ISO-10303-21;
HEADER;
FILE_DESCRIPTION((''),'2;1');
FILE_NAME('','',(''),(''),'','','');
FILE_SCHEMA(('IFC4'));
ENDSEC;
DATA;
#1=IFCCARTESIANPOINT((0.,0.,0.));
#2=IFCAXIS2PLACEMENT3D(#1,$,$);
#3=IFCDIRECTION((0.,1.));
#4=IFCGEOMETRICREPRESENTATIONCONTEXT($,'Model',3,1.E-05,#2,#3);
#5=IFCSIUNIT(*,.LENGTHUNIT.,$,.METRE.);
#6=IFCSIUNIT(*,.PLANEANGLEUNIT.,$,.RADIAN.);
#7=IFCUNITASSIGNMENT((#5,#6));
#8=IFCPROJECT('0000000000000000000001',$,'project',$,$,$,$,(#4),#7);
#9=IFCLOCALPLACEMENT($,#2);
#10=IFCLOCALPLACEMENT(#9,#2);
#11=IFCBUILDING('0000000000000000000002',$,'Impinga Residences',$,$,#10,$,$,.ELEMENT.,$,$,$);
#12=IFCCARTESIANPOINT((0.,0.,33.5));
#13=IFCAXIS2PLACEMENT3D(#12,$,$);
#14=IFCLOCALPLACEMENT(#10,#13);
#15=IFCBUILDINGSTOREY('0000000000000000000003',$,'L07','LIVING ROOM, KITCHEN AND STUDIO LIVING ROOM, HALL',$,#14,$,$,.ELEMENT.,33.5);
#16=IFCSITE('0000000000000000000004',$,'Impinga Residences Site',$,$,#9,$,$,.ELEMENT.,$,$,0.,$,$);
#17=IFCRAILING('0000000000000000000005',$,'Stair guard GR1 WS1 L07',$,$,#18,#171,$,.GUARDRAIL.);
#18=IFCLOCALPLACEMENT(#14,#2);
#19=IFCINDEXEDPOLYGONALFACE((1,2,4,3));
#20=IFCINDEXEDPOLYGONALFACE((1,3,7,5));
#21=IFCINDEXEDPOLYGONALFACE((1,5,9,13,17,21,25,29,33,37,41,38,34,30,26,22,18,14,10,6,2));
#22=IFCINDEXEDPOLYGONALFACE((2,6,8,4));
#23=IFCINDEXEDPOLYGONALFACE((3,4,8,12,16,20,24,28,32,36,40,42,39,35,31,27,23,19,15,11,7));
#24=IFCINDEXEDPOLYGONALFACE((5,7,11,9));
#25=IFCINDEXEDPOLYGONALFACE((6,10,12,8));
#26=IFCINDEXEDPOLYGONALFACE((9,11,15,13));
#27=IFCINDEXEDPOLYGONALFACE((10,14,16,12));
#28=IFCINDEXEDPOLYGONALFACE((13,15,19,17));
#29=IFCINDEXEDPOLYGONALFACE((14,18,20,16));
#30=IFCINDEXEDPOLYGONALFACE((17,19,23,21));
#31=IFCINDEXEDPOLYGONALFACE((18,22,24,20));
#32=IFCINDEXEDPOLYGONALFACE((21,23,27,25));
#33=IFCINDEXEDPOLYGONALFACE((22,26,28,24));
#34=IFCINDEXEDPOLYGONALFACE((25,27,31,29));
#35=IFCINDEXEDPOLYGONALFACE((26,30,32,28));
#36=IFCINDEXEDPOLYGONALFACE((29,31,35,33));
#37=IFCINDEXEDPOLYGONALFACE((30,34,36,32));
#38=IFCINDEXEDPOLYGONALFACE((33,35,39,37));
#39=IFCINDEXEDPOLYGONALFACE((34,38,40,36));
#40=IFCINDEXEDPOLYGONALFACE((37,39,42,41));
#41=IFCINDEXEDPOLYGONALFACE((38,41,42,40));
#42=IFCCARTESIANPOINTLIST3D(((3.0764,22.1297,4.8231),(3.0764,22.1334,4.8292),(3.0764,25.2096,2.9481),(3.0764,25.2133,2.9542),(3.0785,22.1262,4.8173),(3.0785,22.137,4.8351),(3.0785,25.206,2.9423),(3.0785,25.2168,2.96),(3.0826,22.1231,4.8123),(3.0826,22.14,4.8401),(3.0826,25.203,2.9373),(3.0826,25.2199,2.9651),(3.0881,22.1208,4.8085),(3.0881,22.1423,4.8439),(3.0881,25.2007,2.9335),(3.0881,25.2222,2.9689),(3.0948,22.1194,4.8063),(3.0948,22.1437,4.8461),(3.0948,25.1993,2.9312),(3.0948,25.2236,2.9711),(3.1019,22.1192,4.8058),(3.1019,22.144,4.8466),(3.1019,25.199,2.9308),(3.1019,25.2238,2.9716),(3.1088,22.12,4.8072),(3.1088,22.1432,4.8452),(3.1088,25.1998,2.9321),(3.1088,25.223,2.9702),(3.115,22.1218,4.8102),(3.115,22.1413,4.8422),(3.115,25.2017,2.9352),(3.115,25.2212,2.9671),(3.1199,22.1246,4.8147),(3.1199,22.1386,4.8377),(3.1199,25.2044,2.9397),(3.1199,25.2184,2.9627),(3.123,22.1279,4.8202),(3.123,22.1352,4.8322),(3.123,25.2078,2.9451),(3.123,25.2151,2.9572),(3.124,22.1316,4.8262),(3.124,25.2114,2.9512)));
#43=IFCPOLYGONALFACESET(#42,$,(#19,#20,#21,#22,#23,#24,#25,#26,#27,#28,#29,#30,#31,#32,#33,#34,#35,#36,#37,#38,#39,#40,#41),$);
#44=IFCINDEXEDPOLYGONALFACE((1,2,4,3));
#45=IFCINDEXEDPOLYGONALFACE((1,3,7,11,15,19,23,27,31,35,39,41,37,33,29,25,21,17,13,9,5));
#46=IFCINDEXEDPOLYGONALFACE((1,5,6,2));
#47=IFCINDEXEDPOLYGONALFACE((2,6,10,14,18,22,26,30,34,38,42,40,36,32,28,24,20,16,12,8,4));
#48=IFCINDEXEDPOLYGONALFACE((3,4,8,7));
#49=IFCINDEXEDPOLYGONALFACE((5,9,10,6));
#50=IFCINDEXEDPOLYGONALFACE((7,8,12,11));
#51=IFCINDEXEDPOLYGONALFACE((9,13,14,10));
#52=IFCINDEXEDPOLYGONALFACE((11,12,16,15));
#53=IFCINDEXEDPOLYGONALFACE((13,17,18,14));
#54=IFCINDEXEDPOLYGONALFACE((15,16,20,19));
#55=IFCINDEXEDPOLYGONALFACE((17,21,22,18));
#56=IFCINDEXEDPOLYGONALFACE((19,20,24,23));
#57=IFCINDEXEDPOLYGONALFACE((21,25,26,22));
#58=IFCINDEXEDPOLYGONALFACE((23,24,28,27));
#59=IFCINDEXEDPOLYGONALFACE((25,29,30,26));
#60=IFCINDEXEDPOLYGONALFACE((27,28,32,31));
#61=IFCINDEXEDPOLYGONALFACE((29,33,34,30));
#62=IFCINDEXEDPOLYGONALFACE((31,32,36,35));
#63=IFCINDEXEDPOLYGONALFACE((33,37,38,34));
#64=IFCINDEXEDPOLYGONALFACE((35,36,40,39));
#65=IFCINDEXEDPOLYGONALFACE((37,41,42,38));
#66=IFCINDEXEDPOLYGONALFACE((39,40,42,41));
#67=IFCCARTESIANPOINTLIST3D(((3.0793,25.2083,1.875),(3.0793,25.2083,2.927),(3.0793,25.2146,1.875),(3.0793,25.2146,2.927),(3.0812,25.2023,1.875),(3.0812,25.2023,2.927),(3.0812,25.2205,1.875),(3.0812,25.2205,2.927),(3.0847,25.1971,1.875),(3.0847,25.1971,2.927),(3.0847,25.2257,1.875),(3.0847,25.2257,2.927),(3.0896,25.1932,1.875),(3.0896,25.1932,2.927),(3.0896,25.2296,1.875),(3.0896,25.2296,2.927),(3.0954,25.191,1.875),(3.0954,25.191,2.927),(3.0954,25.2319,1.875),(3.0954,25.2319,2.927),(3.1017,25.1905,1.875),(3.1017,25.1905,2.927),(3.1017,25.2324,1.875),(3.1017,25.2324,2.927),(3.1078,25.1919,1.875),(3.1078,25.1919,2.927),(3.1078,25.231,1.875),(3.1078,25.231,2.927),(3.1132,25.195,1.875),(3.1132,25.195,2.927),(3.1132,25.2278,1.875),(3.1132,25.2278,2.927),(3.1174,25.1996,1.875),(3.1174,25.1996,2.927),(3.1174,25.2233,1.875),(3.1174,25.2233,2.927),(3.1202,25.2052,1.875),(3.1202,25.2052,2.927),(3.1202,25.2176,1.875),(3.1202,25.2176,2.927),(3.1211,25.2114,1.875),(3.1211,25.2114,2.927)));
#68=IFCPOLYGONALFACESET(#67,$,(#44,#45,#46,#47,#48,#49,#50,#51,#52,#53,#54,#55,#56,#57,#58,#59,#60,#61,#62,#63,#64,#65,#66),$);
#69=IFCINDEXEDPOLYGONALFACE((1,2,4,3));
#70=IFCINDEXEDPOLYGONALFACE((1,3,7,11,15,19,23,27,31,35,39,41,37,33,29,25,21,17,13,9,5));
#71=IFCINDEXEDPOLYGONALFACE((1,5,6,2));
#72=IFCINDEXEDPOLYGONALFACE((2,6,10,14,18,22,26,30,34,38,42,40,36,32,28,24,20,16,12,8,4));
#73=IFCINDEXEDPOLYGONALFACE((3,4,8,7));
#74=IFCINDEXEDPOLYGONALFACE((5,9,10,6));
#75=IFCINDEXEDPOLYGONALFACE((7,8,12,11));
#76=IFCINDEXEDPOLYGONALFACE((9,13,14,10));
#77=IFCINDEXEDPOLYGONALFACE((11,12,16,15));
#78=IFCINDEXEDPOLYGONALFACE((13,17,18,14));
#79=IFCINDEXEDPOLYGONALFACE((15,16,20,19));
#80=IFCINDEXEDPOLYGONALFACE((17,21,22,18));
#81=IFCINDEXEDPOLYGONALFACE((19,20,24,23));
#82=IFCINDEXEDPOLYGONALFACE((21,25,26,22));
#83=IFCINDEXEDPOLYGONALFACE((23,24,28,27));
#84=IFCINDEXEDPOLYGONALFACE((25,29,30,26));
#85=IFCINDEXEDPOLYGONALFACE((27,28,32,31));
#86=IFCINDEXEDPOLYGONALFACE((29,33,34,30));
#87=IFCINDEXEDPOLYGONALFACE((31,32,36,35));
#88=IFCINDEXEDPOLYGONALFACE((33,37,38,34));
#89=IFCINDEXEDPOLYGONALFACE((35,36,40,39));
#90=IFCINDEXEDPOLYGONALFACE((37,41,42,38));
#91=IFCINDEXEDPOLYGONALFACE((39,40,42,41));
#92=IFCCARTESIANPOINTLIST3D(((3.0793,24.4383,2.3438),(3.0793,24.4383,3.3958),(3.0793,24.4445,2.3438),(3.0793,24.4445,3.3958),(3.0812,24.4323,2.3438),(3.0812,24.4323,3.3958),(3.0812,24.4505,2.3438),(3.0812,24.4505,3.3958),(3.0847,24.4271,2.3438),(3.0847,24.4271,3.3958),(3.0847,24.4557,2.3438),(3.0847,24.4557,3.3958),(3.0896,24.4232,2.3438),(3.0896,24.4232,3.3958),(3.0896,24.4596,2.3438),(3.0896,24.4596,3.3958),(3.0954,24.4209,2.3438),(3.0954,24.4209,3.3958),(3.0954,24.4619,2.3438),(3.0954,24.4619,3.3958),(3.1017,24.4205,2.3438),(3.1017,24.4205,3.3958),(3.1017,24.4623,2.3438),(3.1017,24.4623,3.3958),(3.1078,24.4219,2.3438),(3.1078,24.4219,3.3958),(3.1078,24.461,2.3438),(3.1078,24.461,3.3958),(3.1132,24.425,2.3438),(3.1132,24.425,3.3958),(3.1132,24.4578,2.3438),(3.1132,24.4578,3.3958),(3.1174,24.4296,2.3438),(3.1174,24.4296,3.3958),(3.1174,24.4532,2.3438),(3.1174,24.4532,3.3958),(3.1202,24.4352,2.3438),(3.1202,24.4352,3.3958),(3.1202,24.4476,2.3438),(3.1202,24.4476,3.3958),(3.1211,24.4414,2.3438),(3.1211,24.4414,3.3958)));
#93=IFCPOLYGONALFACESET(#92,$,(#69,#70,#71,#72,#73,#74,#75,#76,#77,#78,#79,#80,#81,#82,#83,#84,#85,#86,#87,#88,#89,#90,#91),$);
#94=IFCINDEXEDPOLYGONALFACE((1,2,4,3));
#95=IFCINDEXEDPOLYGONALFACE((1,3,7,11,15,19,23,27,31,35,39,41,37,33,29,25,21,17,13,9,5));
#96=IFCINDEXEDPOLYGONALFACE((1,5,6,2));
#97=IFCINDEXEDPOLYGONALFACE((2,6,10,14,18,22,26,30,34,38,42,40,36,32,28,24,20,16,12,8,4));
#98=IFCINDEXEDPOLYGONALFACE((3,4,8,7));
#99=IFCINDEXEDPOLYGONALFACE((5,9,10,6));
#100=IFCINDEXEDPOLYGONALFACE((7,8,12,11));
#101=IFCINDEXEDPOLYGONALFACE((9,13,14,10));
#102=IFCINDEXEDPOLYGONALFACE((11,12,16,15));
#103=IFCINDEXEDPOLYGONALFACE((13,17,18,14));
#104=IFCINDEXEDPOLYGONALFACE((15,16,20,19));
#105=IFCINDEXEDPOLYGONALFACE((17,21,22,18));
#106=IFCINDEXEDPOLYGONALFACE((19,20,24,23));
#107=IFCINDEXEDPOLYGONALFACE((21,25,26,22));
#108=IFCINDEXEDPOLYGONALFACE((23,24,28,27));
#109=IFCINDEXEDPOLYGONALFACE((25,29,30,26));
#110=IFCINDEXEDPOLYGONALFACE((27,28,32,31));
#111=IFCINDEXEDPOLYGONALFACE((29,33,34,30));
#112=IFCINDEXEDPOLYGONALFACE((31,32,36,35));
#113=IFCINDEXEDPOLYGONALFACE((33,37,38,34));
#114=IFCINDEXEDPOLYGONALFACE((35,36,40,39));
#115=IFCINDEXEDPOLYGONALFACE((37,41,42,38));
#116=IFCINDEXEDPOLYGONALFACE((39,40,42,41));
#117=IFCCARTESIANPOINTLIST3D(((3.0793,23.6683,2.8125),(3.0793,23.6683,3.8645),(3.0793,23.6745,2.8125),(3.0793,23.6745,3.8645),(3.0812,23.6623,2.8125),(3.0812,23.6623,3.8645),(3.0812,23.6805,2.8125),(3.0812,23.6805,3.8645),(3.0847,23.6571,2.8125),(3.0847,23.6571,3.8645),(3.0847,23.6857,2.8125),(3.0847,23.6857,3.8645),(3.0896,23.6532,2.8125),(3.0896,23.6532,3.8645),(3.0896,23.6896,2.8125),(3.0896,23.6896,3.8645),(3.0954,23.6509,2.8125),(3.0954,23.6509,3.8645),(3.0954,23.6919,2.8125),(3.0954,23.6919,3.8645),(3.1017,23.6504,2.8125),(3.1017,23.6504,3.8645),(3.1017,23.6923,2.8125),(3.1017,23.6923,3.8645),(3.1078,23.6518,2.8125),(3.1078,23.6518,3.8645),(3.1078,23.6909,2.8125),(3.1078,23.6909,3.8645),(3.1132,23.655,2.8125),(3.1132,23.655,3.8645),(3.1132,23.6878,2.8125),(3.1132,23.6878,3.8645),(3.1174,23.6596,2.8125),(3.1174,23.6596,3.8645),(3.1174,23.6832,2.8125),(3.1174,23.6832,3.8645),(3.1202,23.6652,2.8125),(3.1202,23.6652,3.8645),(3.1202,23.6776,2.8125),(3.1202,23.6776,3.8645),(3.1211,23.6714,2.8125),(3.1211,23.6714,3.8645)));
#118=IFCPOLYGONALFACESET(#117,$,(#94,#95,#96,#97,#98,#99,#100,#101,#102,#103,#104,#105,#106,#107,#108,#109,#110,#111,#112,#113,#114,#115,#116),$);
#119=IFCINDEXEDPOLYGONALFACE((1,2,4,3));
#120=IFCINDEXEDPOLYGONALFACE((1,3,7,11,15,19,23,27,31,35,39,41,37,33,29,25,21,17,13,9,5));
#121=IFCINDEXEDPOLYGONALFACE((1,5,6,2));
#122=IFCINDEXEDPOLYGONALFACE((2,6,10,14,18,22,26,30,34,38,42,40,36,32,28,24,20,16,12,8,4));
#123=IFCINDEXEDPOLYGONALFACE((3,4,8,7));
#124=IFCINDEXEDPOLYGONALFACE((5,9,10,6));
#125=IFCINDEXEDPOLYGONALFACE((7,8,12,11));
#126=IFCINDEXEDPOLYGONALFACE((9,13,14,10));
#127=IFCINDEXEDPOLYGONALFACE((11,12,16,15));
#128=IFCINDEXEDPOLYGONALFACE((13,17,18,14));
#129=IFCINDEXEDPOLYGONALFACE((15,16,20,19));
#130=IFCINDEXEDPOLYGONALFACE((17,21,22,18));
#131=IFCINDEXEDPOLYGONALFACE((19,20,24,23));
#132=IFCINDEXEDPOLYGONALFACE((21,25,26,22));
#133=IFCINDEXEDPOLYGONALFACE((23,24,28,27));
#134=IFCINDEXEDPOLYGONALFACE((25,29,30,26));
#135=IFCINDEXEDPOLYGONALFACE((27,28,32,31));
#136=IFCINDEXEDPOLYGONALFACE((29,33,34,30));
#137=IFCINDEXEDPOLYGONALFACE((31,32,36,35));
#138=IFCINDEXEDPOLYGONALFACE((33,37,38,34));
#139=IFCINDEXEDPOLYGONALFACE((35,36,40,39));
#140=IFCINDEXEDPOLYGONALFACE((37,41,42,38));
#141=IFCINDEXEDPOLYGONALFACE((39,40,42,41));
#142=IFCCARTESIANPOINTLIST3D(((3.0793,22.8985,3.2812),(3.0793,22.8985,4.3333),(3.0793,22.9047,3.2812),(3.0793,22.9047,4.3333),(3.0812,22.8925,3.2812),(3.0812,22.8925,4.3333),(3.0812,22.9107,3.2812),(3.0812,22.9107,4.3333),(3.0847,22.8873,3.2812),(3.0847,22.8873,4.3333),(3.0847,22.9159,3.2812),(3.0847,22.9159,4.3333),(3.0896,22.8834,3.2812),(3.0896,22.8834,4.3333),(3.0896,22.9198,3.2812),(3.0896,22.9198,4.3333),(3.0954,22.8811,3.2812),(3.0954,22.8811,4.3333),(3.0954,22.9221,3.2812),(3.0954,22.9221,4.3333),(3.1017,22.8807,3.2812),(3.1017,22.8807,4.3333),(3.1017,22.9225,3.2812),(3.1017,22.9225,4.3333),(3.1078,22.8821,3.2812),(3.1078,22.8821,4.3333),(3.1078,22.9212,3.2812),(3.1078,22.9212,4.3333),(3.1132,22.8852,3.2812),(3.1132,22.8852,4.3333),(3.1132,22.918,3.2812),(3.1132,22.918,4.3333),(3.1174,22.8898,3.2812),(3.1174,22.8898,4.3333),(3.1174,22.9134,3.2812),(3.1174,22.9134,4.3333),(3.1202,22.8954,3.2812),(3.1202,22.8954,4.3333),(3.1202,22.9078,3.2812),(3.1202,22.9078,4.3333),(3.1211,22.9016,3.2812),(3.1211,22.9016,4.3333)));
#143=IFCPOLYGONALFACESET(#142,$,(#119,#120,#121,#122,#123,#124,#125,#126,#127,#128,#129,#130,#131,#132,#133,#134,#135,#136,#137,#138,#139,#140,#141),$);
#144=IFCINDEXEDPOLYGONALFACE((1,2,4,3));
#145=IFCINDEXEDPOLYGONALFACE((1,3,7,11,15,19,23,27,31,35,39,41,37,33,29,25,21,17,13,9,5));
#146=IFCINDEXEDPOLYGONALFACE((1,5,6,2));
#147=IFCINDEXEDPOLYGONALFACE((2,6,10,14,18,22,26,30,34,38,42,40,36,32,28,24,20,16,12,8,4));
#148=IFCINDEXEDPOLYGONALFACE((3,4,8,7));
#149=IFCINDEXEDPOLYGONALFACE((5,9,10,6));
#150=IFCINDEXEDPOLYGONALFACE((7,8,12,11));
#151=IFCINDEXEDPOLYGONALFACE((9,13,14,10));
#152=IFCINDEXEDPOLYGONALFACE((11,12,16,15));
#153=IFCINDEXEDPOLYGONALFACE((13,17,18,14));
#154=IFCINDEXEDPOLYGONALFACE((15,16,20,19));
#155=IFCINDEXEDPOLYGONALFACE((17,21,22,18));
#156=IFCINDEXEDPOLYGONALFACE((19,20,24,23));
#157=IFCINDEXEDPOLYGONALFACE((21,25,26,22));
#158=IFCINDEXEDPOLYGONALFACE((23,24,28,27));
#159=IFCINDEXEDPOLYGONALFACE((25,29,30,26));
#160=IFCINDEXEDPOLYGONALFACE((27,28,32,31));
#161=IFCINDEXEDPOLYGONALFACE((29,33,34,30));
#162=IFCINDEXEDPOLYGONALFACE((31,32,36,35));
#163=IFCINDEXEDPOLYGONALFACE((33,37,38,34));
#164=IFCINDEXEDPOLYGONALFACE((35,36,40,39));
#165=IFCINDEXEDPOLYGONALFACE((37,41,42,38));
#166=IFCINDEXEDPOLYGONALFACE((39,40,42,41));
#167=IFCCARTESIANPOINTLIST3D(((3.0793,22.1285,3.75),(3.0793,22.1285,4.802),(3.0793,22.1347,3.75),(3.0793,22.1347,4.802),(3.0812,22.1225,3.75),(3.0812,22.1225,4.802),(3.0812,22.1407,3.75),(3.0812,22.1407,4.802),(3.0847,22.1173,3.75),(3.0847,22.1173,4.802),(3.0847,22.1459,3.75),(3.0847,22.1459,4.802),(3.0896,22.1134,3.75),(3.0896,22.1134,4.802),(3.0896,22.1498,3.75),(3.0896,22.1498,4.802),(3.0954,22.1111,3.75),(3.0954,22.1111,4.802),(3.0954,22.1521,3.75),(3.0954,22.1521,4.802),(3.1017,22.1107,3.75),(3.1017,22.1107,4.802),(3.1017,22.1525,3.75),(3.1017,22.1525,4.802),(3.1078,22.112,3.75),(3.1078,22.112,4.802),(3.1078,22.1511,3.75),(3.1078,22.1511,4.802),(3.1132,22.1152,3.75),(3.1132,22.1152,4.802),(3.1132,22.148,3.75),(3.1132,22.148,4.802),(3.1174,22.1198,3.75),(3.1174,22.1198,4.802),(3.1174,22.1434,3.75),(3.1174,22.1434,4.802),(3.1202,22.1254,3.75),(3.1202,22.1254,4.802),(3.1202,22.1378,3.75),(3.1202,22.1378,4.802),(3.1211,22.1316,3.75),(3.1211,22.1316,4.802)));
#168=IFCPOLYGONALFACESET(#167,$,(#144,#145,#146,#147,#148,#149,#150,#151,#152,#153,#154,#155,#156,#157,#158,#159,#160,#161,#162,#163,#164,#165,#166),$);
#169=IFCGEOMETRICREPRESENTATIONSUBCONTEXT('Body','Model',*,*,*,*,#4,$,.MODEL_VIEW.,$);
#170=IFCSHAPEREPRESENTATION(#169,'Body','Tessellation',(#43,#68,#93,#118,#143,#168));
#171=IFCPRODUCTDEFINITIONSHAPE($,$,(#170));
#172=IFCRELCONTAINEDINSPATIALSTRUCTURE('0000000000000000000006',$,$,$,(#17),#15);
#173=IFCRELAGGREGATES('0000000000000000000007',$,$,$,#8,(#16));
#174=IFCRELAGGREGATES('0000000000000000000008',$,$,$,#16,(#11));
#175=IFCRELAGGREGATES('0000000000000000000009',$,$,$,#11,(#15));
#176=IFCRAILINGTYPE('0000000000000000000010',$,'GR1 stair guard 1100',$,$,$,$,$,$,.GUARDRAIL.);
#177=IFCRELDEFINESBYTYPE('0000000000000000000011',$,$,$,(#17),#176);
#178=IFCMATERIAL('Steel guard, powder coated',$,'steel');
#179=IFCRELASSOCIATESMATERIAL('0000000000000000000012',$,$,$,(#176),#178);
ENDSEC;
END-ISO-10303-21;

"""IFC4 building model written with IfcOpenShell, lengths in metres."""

from ifc_helpers import new_model, si_unit, direction, frame, origin, origin_2d, place, context, subcontext, project, spatial, circle, extrude, material, type_object, element, save


model = new_model("IFC4")

# Units and contexts
model_context = context("Model", 3, precision=1e-05, world=origin(), true_north=direction((0.0, 1.0)))
body_context = subcontext(model_context, "Body", "Model", "MODEL_VIEW")
ifc_project = project(units=[si_unit("LENGTHUNIT", "METRE"), si_unit("PLANEANGLEUNIT", "RADIAN")], contexts=[model_context])

# Site, building, storey
site_placement = place(None, origin())
site = spatial("IfcSite", under=ifc_project, at=site_placement, Name="Impinga Residences Site", CompositionType="ELEMENT", RefElevation=0.0)
building_placement = place(site_placement, origin())
building = spatial("IfcBuilding", under=site, at=building_placement, Name="Impinga Residences", CompositionType="ELEMENT")
storey_placement = place(building_placement, frame((0.0, 0.0, 33.5)))
storey = spatial("IfcBuildingStorey", under=building, at=storey_placement, Name="L07", Description="LIVING ROOM, KITCHEN AND STUDIO LIVING ROOM, HALL", CompositionType="ELEMENT", Elevation=33.5)

# Railing
ifc_material_1 = material(Name="Steel guard, powder coated", Category="steel")
railing_type_1 = type_object("IfcRailingType", Name="GR1 stair guard 1100", PredefinedType="GUARDRAIL", material=ifc_material_1)
railing_1_placement = place(storey_placement, frame((3.1001, 25.2114, 1.875)))
element("IfcRailing", 1, at=railing_1_placement, inside=storey, type_object=railing_type_1, Name="Stair guard GR1 WS1 L07", PredefinedType="GUARDRAIL", context=body_context, shape_type="SweptSolid", body=[
    extrude(circle(Radius=0.0239, at=origin_2d()), frame((0.0, 0.0, 1.0762), z_axis=(0.0, -0.854159, 0.520011), x_axis=(1.0, 0.0, 0.0)), (0.0, 0.0, 1.0), 3.6057),
    extrude(circle(Radius=0.021, at=origin_2d()), origin(), (0.0, 0.0, 1.0), 1.052),
    extrude(circle(Radius=0.021, at=origin_2d()), frame((0.0, -0.77, 0.4688)), (0.0, 0.0, 1.0), 1.052),
    extrude(circle(Radius=0.021, at=origin_2d()), frame((0.0, -1.54, 0.9375)), (0.0, 0.0, 1.0), 1.052),
    extrude(circle(Radius=0.021, at=origin_2d()), frame((0.0, -2.3098, 1.4062)), (0.0, 0.0, 1.0), 1.052),
    extrude(circle(Radius=0.021, at=origin_2d()), frame((0.0, -3.0798, 1.875)), (0.0, 0.0, 1.0), 1.052),
])

save(model, "model.ifc")
